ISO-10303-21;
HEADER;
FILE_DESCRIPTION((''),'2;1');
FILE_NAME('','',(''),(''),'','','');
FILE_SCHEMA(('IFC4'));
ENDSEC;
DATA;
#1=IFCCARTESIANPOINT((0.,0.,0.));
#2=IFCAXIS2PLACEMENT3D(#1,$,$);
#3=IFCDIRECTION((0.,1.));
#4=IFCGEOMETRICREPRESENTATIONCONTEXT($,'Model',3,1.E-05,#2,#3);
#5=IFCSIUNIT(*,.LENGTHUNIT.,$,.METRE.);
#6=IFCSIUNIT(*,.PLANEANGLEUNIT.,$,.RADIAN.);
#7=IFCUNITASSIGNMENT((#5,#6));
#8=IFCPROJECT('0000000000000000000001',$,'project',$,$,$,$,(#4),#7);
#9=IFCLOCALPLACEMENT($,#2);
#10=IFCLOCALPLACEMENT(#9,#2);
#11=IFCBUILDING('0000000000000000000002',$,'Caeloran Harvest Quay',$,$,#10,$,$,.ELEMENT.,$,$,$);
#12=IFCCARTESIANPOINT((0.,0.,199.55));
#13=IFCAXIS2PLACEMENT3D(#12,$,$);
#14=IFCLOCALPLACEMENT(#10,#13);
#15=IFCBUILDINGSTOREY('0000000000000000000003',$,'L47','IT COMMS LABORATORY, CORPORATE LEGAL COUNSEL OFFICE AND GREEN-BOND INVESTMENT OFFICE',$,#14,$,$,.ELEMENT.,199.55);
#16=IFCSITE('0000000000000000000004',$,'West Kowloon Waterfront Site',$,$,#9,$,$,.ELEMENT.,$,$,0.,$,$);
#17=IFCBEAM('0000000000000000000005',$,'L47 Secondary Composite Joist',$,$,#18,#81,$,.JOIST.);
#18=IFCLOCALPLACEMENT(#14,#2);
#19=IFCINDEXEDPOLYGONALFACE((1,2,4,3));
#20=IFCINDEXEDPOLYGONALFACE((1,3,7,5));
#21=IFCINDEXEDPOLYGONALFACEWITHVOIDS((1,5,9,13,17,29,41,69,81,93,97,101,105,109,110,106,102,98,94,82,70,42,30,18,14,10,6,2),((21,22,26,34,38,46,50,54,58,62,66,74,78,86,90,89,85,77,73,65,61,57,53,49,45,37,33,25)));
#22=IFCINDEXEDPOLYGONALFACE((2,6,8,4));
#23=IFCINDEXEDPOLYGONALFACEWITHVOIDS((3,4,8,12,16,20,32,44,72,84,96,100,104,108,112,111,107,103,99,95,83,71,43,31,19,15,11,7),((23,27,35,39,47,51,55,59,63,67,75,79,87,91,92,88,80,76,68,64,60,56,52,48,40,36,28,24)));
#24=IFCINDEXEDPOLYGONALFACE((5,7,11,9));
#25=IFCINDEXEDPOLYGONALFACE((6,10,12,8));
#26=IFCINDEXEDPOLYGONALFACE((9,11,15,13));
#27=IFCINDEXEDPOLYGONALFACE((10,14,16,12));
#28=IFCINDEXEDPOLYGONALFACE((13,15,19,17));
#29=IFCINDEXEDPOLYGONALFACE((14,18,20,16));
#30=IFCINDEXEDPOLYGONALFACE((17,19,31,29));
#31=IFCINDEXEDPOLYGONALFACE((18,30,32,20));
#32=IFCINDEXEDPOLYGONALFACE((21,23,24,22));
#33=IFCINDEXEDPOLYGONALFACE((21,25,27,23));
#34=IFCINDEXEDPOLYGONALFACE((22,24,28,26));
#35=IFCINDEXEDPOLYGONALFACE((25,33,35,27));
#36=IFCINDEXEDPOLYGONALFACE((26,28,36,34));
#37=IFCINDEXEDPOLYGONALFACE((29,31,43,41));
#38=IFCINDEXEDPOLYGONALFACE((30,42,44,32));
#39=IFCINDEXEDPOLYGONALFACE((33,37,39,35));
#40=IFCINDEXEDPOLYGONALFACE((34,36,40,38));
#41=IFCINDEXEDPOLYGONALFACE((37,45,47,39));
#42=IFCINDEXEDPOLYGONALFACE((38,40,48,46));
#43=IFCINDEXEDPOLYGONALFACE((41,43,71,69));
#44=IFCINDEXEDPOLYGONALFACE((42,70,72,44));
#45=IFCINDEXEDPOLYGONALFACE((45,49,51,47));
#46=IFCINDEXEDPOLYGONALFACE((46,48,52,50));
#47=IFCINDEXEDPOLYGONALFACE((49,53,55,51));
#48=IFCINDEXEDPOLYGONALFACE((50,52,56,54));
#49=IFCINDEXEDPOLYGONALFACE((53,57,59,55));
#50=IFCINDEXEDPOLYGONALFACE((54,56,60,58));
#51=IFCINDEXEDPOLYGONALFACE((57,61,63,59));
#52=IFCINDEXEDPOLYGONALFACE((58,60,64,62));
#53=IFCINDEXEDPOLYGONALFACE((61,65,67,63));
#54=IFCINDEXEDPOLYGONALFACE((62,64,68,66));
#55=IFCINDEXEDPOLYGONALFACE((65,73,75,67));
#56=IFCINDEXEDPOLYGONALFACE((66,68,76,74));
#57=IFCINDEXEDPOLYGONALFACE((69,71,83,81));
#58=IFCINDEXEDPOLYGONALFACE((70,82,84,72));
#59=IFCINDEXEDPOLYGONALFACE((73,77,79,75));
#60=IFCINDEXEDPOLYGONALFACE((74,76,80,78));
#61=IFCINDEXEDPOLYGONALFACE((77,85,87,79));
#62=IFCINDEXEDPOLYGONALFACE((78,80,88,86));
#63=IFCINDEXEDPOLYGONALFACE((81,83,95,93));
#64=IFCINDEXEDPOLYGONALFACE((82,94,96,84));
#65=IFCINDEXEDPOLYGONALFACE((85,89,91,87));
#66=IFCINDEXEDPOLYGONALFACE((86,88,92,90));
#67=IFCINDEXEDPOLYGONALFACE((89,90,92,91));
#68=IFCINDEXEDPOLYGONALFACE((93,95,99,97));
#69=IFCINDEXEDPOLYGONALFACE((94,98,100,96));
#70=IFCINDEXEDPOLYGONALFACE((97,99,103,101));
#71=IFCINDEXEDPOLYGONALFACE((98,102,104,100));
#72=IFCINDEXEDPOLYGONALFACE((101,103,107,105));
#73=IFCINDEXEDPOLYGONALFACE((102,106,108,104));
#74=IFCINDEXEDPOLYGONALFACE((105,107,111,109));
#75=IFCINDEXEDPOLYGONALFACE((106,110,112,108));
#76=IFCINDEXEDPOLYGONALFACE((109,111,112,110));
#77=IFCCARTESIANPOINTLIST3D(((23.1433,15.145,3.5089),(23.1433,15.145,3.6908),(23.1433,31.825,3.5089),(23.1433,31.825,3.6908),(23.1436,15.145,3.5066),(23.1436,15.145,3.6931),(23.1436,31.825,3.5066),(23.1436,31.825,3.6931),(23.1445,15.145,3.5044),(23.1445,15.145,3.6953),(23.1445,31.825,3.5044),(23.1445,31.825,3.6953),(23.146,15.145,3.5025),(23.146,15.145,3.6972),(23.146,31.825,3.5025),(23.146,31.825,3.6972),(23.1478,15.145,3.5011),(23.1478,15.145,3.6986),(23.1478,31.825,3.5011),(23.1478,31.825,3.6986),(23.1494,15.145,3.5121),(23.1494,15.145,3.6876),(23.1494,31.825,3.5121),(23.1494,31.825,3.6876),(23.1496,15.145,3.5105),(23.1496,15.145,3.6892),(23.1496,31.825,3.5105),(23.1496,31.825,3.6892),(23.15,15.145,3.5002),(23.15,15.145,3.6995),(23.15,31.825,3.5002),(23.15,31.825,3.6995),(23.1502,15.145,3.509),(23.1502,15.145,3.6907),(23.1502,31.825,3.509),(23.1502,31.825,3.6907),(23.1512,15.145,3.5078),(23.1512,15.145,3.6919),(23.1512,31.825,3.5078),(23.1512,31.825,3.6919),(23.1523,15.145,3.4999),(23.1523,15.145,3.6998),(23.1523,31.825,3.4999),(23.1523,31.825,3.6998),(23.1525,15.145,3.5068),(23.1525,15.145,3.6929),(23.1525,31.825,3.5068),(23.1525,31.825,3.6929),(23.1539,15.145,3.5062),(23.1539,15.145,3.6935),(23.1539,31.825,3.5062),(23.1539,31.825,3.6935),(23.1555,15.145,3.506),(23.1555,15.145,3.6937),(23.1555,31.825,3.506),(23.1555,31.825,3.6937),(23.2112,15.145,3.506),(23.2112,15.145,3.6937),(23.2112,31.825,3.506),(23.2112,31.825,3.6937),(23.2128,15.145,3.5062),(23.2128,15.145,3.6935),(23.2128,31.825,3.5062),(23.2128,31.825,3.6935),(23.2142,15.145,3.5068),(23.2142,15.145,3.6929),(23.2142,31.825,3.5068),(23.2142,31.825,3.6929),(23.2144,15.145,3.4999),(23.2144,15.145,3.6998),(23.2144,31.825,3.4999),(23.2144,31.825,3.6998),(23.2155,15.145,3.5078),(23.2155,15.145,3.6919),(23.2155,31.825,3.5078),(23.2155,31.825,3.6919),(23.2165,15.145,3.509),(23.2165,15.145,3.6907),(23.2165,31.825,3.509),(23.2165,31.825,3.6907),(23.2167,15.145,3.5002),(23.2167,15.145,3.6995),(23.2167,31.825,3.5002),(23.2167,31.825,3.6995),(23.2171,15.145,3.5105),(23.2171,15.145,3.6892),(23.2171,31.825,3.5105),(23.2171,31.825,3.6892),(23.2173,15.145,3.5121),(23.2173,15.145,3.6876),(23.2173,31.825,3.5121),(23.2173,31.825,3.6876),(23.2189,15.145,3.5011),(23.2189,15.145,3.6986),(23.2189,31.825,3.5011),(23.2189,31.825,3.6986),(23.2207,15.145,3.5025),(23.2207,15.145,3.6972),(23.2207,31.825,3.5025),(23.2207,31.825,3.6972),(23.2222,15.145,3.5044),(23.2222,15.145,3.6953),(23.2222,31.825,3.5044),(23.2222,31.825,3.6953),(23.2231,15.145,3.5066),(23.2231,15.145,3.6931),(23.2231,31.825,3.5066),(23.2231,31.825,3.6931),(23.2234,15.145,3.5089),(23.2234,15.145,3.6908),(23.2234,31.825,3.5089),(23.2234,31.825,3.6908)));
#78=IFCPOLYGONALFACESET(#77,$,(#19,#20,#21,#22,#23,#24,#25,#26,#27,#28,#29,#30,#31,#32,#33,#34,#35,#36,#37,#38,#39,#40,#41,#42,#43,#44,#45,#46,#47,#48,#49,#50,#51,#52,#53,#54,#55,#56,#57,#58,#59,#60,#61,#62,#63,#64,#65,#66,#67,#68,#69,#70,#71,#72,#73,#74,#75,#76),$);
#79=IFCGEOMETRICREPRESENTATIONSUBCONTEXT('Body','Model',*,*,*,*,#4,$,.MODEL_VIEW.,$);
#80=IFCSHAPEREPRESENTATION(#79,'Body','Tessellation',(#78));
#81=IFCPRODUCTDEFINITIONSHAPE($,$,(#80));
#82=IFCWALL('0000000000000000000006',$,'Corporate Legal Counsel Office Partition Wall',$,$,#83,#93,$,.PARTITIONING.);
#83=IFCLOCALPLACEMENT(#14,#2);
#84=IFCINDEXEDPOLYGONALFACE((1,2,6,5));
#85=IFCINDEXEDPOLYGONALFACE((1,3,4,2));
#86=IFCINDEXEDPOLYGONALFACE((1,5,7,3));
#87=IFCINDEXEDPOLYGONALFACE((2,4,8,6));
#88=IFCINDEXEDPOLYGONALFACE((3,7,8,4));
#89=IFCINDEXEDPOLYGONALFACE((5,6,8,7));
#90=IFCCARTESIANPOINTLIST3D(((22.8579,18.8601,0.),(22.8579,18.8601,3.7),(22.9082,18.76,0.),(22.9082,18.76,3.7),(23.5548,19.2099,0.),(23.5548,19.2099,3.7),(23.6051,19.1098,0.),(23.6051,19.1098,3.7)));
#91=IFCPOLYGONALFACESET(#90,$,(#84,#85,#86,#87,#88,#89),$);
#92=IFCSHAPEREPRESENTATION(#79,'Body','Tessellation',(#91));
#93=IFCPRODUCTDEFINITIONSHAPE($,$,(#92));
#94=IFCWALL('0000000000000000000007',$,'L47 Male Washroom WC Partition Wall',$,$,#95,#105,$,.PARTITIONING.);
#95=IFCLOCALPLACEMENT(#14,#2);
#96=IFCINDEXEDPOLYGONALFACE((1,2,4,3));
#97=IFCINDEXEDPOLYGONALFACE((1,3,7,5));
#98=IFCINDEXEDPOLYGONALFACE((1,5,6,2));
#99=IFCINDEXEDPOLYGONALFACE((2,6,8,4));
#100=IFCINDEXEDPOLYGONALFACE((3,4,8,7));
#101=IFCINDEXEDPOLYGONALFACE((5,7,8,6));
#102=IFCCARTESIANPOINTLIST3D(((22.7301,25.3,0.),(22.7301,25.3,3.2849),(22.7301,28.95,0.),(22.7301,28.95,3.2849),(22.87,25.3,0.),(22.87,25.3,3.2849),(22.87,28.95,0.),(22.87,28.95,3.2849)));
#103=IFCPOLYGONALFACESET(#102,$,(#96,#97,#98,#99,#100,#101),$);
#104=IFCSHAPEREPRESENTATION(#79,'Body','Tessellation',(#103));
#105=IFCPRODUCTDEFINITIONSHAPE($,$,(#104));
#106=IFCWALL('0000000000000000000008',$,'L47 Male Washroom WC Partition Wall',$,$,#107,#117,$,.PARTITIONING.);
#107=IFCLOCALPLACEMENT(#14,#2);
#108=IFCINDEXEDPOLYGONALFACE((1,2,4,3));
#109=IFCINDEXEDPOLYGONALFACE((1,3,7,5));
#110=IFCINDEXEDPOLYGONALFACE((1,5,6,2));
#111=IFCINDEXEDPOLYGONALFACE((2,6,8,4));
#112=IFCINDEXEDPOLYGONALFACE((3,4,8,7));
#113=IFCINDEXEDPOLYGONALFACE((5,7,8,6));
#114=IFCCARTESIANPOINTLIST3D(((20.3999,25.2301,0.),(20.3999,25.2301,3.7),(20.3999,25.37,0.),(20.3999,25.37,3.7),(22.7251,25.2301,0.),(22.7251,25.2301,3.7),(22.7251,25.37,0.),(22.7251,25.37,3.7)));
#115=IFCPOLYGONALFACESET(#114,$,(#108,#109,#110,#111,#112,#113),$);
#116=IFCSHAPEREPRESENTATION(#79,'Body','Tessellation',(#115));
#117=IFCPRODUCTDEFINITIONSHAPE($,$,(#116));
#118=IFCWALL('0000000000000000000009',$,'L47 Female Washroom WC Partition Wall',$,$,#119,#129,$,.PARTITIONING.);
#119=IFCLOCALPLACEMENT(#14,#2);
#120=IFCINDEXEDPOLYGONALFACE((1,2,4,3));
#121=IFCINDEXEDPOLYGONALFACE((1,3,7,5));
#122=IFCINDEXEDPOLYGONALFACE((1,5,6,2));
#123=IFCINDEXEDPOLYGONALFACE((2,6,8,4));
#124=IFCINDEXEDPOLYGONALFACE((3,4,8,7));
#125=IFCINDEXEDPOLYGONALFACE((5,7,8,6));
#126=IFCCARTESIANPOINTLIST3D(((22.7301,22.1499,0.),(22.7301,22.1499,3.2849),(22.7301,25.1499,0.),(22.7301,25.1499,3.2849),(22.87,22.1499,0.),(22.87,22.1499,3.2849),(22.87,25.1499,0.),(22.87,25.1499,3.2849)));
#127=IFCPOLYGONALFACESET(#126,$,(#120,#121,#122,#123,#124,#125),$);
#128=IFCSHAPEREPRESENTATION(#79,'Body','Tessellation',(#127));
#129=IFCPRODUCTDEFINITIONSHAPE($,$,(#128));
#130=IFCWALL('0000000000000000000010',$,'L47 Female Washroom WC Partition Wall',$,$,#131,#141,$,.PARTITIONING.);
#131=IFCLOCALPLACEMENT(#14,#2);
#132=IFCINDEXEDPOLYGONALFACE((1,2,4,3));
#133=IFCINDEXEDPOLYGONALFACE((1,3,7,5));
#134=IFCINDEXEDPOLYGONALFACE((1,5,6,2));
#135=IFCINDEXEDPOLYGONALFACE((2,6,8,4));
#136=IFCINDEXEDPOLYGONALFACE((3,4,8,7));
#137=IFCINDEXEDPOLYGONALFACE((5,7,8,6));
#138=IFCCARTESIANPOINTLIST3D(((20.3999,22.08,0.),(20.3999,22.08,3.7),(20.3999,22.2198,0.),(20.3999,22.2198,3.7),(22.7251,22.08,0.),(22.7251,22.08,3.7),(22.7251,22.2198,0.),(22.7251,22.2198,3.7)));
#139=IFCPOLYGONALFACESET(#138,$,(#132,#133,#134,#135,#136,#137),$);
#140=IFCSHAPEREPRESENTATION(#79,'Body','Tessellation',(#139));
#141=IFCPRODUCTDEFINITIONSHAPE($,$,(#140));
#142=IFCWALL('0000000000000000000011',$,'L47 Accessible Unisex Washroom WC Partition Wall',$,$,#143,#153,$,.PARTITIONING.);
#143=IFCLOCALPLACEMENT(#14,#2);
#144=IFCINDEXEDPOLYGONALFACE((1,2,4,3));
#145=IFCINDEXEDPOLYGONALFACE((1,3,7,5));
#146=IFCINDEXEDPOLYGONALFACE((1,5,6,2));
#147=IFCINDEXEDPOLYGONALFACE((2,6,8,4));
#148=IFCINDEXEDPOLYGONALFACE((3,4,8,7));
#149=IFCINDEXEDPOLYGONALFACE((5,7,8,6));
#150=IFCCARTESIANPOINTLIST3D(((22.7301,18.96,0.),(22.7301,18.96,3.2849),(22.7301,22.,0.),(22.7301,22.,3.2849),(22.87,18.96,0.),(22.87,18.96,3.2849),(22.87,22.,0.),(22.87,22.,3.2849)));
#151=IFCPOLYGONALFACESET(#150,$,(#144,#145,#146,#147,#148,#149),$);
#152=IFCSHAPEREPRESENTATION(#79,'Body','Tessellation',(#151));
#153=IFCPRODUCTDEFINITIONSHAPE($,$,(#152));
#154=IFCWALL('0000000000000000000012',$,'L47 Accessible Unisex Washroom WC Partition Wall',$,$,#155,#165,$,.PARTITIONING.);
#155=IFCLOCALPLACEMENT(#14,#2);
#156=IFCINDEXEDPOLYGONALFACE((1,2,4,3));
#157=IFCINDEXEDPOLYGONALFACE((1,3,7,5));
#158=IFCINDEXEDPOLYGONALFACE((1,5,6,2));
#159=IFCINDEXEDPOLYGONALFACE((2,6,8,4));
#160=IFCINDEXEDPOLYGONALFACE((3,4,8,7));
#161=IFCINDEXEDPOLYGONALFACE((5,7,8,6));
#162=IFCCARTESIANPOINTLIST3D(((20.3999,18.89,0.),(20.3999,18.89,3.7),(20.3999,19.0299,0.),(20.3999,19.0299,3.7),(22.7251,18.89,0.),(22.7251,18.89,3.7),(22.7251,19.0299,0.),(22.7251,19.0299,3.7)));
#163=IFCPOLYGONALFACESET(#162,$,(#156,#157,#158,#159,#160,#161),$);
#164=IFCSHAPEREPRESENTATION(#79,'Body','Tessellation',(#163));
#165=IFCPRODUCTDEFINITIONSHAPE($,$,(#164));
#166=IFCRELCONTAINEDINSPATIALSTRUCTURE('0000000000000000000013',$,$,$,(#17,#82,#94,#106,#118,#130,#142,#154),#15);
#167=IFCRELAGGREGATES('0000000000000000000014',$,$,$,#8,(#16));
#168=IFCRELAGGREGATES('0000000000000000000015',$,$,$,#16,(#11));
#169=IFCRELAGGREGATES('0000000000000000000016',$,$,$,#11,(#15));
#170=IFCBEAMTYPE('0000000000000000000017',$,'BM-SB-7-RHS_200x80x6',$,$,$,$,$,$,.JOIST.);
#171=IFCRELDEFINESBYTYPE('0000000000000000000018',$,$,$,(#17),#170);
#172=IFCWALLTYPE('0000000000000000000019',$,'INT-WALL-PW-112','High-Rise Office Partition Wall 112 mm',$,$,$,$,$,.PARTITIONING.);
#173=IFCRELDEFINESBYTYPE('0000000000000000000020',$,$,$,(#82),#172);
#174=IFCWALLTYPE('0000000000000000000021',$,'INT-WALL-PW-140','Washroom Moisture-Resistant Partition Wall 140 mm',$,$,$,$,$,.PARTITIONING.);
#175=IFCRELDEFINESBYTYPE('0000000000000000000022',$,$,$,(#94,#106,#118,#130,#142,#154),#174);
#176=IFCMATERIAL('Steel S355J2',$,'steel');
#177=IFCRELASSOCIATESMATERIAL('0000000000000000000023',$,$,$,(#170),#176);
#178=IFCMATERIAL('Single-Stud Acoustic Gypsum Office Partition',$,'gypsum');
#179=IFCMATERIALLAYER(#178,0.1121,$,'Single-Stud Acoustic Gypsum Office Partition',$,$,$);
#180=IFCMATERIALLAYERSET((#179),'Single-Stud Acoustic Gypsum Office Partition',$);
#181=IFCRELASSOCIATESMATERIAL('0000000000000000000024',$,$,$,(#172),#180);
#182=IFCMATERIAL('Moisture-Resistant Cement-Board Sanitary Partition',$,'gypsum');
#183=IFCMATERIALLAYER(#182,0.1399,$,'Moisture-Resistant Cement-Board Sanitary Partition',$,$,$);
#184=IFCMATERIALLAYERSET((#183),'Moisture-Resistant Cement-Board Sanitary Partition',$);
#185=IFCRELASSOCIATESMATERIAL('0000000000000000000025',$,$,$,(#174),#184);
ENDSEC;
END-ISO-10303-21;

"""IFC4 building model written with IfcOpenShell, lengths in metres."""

from ifc_helpers import new_model, si_unit, direction, frame, frame_2d, origin, origin_2d, place, context, subcontext, project, spatial, rectangle, hollow_rectangle, extrude, material, layer, layer_set, material_profile, profile_set, type_object, element, save


model = new_model("IFC4")

# Units and contexts
model_context = context("Model", 3, precision=1e-05, world=origin(), true_north=direction((0.0, 1.0)))
body_context = subcontext(model_context, "Body", "Model", "MODEL_VIEW")
ifc_project = project(units=[si_unit("LENGTHUNIT", "METRE"), si_unit("PLANEANGLEUNIT", "RADIAN")], contexts=[model_context])

# Site, building, storey
site_placement = place(None, origin())
site = spatial("IfcSite", under=ifc_project, at=site_placement, Name="West Kowloon Waterfront Site", CompositionType="ELEMENT", RefElevation=0.0)
building_placement = place(site_placement, origin())
building = spatial("IfcBuilding", under=site, at=building_placement, Name="Caeloran Harvest Quay", CompositionType="ELEMENT")
storey_placement = place(building_placement, frame((0.0, 0.0, 199.55)))
storey = spatial("IfcBuildingStorey", under=building, at=storey_placement, Name="L47", Description="IT COMMS LABORATORY, CORPORATE LEGAL COUNSEL OFFICE AND GREEN-BOND INVESTMENT OFFICE", CompositionType="ELEMENT", Elevation=199.55)

# Beam
ifc_material_1 = material(Name="Steel S355J2", Category="steel")
ifc_material_profile_1 = material_profile(ifc_material_1, hollow_rectangle(XDim=0.0801, YDim=0.2, WallThickness=0.0061, InnerFilletRadius=0.0061, OuterFilletRadius=0.009, at=origin_2d()), Name="RHS 200x80x6")
ifc_profile_set_1 = profile_set([ifc_material_profile_1], Name="Steel S355J2")
beam_type_1 = type_object("IfcBeamType", Name="BM-SB-7-RHS_200x80x6", PredefinedType="JOIST", material=ifc_profile_set_1)
for number, where, z_axis, x_axis, name in (
    (1, (23.1833, 15.145, 3.5999), (0.0, 1.0, 0.0), (-1.0, 0.0, 0.0), "L47 Secondary Composite Joist"),
):
    element("IfcBeam", number, at=place(storey_placement, frame(where, z_axis=z_axis, x_axis=x_axis)), inside=storey, type_object=beam_type_1, Name=name, PredefinedType="JOIST", context=body_context, shape_type="SweptSolid", body=[
        extrude(hollow_rectangle(XDim=0.0801, YDim=0.2, WallThickness=0.0061, InnerFilletRadius=0.0061, OuterFilletRadius=0.009, at=origin_2d()), origin(), (0.0, 0.0, 1.0), 16.6799),
    ])

# Walls
ifc_material_2 = material(Name="Single-Stud Acoustic Gypsum Office Partition", Category="gypsum")
ifc_layer_1 = layer(ifc_material_2, 0.1121, Name="Single-Stud Acoustic Gypsum Office Partition")
ifc_layer_set_1 = layer_set([ifc_layer_1], Name="Single-Stud Acoustic Gypsum Office Partition")
wall_type_1 = type_object("IfcWallType", Name="INT-WALL-PW-112", Description="High-Rise Office Partition Wall 112 mm", PredefinedType="PARTITIONING", material=ifc_layer_set_1)
wall_1_placement = place(storey_placement, frame((22.8831, 18.8101, 0.0), z_axis=(0.0, 0.0, 1.0), x_axis=(0.893737, 0.44859, 0.0)))
element("IfcWall", 2, at=wall_1_placement, inside=storey, type_object=wall_type_1, Name="Corporate Legal Counsel Office Partition Wall", PredefinedType="PARTITIONING", context=body_context, shape_type="SweptSolid", body=[
    extrude(rectangle(XDim=0.7798, YDim=0.1121, at=frame_2d((0.3899, 0.0))), origin(), (0.0, 0.0, 1.0), 3.7),
])
ifc_material_3 = material(Name="Moisture-Resistant Cement-Board Sanitary Partition", Category="gypsum")
ifc_layer_2 = layer(ifc_material_3, 0.1399, Name="Moisture-Resistant Cement-Board Sanitary Partition")
ifc_layer_set_2 = layer_set([ifc_layer_2], Name="Moisture-Resistant Cement-Board Sanitary Partition")
wall_type_2 = type_object("IfcWallType", Name="INT-WALL-PW-140", Description="Washroom Moisture-Resistant Partition Wall 140 mm", PredefinedType="PARTITIONING", material=ifc_layer_set_2)
wall_2_placement = place(storey_placement, frame((22.8, 28.95, 0.0), z_axis=(0.0, 0.0, 1.0), x_axis=(0.0, -1.0, 0.0)))
element("IfcWall", 3, at=wall_2_placement, inside=storey, type_object=wall_type_2, Name="L47 Male Washroom WC Partition Wall", PredefinedType="PARTITIONING", context=body_context, shape_type="SweptSolid", body=[
    extrude(rectangle(XDim=3.6499, YDim=0.1399, at=frame_2d((1.825, 0.0))), origin(), (0.0, 0.0, 1.0), 3.2849),
])
wall_3_placement = place(storey_placement, frame((22.7251, 25.3, 0.0), z_axis=(0.0, 0.0, 1.0), x_axis=(-1.0, 0.0, 0.0)))
element("IfcWall", 4, at=wall_3_placement, inside=storey, type_object=wall_type_2, Name="L47 Male Washroom WC Partition Wall", PredefinedType="PARTITIONING", context=body_context, shape_type="SweptSolid", body=[
    extrude(rectangle(XDim=2.3252, YDim=0.1399, at=frame_2d((1.1626, 0.0))), origin(), (0.0, 0.0, 1.0), 3.7),
])
wall_4_placement = place(storey_placement, frame((22.8, 25.1499, 0.0), z_axis=(0.0, 0.0, 1.0), x_axis=(0.0, -1.0, 0.0)))
element("IfcWall", 5, at=wall_4_placement, inside=storey, type_object=wall_type_2, Name="L47 Female Washroom WC Partition Wall", PredefinedType="PARTITIONING", context=body_context, shape_type="SweptSolid", body=[
    extrude(rectangle(XDim=3.0, YDim=0.1399, at=frame_2d((1.5, 0.0))), origin(), (0.0, 0.0, 1.0), 3.2849),
])
wall_5_placement = place(storey_placement, frame((22.7251, 22.1499, 0.0), z_axis=(0.0, 0.0, 1.0), x_axis=(-1.0, 0.0, 0.0)))
element("IfcWall", 6, at=wall_5_placement, inside=storey, type_object=wall_type_2, Name="L47 Female Washroom WC Partition Wall", PredefinedType="PARTITIONING", context=body_context, shape_type="SweptSolid", body=[
    extrude(rectangle(XDim=2.3252, YDim=0.1399, at=frame_2d((1.1626, 0.0))), origin(), (0.0, 0.0, 1.0), 3.7),
])
wall_6_placement = place(storey_placement, frame((22.8, 22.0, 0.0), z_axis=(0.0, 0.0, 1.0), x_axis=(0.0, -1.0, 0.0)))
element("IfcWall", 7, at=wall_6_placement, inside=storey, type_object=wall_type_2, Name="L47 Accessible Unisex Washroom WC Partition Wall", PredefinedType="PARTITIONING", context=body_context, shape_type="SweptSolid", body=[
    extrude(rectangle(XDim=3.04, YDim=0.1399, at=frame_2d((1.52, 0.0))), origin(), (0.0, 0.0, 1.0), 3.2849),
])
wall_7_placement = place(storey_placement, frame((22.7251, 18.96, 0.0), z_axis=(0.0, 0.0, 1.0), x_axis=(-1.0, 0.0, 0.0)))
element("IfcWall", 8, at=wall_7_placement, inside=storey, type_object=wall_type_2, Name="L47 Accessible Unisex Washroom WC Partition Wall", PredefinedType="PARTITIONING", context=body_context, shape_type="SweptSolid", body=[
    extrude(rectangle(XDim=2.3252, YDim=0.1399, at=frame_2d((1.1626, 0.0))), origin(), (0.0, 0.0, 1.0), 3.7),
])

save(model, "model.ifc")
